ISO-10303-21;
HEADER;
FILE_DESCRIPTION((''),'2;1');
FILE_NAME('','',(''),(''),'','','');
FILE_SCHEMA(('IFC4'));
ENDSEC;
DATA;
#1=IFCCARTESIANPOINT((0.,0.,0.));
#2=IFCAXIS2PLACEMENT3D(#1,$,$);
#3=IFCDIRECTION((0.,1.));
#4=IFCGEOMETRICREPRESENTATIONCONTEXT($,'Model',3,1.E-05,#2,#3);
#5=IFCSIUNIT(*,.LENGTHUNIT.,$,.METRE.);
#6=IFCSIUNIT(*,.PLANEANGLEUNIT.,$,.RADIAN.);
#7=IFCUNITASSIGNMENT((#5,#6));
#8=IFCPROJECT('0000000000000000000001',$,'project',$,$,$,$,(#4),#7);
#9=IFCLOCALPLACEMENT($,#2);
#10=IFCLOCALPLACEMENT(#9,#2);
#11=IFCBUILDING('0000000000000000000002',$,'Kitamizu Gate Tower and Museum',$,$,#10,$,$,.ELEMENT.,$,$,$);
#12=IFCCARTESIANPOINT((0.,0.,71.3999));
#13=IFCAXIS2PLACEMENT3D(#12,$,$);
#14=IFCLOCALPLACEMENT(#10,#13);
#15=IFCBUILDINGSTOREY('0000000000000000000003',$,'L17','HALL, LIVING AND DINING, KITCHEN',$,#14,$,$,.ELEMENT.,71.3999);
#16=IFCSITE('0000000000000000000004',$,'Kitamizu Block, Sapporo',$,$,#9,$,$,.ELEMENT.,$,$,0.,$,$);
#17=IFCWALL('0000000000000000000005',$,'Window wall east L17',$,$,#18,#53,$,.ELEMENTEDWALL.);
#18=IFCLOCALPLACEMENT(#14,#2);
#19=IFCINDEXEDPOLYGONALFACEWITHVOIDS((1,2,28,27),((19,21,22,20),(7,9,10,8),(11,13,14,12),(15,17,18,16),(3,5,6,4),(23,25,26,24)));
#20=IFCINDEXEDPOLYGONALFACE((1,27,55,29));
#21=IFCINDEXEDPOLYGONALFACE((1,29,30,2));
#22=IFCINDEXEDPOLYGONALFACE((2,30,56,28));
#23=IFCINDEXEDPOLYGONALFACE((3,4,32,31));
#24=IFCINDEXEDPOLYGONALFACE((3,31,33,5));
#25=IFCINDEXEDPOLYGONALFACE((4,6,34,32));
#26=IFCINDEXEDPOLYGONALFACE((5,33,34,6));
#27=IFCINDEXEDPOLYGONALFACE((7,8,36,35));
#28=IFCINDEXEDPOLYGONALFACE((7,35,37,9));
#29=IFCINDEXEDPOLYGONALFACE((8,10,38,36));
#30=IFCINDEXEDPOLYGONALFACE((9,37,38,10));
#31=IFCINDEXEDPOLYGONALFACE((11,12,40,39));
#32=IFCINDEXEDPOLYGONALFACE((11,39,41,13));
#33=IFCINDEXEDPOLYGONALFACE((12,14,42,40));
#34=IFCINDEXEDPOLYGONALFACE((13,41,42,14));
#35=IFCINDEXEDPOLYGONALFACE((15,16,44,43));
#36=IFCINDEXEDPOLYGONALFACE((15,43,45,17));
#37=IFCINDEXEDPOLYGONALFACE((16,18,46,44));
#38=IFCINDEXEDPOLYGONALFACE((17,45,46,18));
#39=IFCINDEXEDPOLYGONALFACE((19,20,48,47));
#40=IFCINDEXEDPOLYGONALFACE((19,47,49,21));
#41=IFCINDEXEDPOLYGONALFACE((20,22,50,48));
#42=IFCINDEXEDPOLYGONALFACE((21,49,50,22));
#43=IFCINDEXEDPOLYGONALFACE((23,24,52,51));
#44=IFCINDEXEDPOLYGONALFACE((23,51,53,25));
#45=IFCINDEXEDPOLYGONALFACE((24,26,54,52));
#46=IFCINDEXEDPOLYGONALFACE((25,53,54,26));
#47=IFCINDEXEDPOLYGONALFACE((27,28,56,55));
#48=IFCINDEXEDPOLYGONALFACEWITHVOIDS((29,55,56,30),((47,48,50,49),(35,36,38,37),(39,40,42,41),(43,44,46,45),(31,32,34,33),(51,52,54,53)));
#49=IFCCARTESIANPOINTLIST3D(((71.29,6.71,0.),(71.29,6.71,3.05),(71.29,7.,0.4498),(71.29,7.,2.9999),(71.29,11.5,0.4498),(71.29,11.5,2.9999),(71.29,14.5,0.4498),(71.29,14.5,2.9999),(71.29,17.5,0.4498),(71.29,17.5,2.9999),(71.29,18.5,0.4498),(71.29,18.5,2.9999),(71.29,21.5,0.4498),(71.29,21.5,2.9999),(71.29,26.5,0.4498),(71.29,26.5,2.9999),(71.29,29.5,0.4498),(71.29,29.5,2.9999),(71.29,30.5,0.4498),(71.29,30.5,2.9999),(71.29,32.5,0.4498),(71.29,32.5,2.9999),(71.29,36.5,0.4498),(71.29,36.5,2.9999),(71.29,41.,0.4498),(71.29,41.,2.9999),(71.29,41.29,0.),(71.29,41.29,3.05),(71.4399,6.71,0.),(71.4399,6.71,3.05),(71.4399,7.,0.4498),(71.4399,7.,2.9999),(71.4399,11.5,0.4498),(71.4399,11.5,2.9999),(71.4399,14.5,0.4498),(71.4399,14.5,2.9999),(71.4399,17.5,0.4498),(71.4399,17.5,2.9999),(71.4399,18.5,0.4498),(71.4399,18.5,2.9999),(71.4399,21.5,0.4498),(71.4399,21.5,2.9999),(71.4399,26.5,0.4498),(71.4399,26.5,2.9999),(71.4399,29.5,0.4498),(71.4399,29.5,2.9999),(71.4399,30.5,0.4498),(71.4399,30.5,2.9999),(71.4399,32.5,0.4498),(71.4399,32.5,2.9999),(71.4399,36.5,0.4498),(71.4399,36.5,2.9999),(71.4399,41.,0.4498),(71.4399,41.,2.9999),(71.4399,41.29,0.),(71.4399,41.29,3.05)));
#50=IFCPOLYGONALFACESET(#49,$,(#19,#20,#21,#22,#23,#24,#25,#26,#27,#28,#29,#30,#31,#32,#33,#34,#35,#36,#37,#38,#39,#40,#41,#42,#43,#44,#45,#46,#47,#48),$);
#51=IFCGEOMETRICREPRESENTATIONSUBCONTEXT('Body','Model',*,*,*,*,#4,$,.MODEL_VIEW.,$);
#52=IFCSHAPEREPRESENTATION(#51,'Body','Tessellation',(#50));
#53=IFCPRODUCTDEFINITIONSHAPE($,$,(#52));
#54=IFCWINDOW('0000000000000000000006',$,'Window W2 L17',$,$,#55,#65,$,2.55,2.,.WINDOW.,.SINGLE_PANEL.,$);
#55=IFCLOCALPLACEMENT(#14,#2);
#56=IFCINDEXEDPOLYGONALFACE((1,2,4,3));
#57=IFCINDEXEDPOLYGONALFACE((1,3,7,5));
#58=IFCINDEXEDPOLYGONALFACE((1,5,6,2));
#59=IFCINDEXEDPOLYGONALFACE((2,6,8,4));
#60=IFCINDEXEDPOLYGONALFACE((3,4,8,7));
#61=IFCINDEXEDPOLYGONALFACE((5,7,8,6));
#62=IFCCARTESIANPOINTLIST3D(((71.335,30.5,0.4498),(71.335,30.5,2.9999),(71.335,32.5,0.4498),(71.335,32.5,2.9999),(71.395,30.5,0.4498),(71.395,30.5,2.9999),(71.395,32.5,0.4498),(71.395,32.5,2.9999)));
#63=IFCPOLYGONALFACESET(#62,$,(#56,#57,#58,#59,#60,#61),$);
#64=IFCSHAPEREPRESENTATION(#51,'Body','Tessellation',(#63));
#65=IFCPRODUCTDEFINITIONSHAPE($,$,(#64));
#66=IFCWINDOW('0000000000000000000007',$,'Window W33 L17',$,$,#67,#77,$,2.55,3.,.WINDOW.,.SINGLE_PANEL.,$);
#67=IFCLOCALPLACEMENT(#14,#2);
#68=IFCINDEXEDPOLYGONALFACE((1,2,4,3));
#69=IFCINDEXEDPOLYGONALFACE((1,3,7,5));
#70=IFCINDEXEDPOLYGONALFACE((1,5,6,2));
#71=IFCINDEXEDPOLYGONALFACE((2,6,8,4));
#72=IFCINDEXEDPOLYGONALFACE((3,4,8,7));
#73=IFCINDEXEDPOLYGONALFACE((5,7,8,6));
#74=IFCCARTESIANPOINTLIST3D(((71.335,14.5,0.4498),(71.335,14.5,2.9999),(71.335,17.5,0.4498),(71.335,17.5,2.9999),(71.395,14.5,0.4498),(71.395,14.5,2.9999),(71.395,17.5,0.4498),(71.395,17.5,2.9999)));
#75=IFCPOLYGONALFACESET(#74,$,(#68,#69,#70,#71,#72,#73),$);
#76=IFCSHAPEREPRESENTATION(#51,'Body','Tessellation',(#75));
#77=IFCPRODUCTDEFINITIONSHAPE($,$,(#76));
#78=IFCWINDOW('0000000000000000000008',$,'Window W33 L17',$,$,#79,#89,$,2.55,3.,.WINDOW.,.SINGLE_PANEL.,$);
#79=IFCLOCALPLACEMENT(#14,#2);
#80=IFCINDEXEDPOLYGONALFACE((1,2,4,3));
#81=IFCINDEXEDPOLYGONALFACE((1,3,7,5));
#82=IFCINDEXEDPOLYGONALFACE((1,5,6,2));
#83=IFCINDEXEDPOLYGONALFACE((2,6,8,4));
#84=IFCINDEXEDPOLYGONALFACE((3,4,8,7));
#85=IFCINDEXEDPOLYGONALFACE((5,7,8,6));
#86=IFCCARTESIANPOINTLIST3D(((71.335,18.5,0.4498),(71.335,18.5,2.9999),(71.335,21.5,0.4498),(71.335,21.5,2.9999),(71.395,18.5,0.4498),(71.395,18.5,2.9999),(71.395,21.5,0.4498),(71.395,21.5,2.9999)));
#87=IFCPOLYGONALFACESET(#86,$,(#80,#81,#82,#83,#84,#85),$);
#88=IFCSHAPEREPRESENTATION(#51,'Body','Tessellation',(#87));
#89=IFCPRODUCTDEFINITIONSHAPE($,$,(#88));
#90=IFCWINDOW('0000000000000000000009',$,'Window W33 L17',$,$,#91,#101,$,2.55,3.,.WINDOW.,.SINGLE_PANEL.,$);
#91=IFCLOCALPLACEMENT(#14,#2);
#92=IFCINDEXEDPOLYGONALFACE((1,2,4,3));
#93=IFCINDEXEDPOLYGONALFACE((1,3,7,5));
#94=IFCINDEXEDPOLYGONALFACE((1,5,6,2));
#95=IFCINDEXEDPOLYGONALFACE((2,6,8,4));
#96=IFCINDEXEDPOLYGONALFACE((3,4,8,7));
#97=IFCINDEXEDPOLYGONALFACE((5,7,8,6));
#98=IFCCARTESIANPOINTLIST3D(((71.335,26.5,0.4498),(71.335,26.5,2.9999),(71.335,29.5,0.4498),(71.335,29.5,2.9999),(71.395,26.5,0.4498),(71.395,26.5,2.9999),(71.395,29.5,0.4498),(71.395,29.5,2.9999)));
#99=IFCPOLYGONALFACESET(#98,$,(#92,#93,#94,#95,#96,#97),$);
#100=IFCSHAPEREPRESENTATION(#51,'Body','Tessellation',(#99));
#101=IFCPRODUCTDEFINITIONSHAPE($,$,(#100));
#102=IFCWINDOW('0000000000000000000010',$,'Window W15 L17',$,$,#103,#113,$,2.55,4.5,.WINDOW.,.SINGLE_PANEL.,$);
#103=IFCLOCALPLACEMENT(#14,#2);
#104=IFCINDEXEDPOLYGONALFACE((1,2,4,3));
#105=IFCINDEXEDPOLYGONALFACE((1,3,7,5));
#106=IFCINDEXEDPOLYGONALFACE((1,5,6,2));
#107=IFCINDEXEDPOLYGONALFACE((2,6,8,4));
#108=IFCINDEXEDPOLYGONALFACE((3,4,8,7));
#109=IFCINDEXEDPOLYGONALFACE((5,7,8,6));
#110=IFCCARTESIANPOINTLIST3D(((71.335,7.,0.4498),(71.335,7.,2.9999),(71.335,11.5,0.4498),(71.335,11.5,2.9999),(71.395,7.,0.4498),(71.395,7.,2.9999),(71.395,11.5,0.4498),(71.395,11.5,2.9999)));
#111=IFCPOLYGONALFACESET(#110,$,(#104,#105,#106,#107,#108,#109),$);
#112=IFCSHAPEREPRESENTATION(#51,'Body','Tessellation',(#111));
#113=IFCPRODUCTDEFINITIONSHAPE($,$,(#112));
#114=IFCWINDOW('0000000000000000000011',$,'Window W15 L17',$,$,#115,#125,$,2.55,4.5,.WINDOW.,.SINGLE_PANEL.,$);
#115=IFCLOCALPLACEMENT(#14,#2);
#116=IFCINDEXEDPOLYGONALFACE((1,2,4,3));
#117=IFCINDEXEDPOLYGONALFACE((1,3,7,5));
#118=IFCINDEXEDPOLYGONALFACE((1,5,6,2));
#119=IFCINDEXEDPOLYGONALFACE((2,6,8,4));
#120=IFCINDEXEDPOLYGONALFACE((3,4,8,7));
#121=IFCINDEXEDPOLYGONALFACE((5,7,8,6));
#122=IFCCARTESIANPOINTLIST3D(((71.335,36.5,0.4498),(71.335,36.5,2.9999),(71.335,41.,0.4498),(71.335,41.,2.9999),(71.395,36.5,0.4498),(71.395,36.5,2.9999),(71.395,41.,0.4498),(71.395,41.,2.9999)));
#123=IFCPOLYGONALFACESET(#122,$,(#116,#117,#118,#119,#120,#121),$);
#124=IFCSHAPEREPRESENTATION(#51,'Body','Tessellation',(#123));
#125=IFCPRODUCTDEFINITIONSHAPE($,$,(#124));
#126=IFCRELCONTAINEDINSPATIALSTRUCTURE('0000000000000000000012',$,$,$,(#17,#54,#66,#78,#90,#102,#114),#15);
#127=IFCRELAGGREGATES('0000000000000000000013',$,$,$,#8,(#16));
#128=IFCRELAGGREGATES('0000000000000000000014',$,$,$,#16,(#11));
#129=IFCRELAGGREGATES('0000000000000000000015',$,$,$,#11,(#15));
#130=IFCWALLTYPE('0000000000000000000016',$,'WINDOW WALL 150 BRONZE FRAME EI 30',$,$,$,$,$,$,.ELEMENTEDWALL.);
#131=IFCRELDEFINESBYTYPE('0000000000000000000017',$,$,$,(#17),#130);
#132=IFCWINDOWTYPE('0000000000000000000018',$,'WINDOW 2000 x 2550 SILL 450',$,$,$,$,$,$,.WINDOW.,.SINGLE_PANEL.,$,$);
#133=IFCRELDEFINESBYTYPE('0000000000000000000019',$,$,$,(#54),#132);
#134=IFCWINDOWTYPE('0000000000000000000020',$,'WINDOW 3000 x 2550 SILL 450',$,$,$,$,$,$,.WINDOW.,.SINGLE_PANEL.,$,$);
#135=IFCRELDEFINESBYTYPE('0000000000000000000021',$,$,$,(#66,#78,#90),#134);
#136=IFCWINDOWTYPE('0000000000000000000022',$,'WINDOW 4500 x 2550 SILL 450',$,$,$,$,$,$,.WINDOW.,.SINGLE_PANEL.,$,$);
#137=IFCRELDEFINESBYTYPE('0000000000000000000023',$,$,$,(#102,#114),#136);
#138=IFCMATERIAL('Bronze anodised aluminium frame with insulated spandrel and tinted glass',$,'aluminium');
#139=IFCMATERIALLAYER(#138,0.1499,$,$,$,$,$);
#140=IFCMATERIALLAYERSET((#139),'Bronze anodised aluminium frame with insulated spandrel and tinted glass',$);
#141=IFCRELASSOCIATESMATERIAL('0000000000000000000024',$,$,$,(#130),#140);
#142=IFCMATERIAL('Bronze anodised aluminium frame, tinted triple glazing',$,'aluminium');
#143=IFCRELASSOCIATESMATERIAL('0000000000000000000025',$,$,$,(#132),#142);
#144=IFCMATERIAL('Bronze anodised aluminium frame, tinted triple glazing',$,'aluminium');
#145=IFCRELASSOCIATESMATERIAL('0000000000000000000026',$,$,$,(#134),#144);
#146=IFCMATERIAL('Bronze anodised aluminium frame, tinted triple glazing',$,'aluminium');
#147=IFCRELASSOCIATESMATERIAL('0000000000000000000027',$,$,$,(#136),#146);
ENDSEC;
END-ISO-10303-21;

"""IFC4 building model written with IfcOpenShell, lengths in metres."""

from ifc_helpers import new_model, si_unit, direction, frame, frame_2d, origin, place, context, subcontext, project, spatial, rectangle, extrude, material, layer, layer_set, type_object, element, fill, save


model = new_model("IFC4")

# Units and contexts
model_context = context("Model", 3, precision=1e-05, world=origin(), true_north=direction((0.0, 1.0)))
body_context = subcontext(model_context, "Body", "Model", "MODEL_VIEW")
ifc_project = project(units=[si_unit("LENGTHUNIT", "METRE"), si_unit("PLANEANGLEUNIT", "RADIAN")], contexts=[model_context])

# Site, building, storey
site_placement = place(None, origin())
site = spatial("IfcSite", under=ifc_project, at=site_placement, Name="Kitamizu Block, Sapporo", CompositionType="ELEMENT", RefElevation=0.0)
building_placement = place(site_placement, origin())
building = spatial("IfcBuilding", under=site, at=building_placement, Name="Kitamizu Gate Tower and Museum", CompositionType="ELEMENT")
storey_placement = place(building_placement, frame((0.0, 0.0, 71.3999)))
storey = spatial("IfcBuildingStorey", under=building, at=storey_placement, Name="L17", Description="HALL, LIVING AND DINING, KITCHEN", CompositionType="ELEMENT", Elevation=71.3999)

# Shared definitions
ifc_material_1 = material(Name="Bronze anodised aluminium frame with insulated spandrel and tinted glass", Category="aluminium")
ifc_layer_1 = layer(ifc_material_1, 0.1499)
ifc_layer_set_1 = layer_set([ifc_layer_1], Name="Bronze anodised aluminium frame with insulated spandrel and tinted glass")
wall_type_1 = type_object("IfcWallType", Name="WINDOW WALL 150 BRONZE FRAME EI 30", PredefinedType="ELEMENTEDWALL", material=ifc_layer_set_1)

# Wall, openings, windows
wall_1_placement = place(storey_placement, frame((71.365, 6.71, 0.0), z_axis=(0.0, 0.0, 1.0), x_axis=(0.0, 1.0, 0.0)))
wall_1 = element("IfcWall", 1, at=wall_1_placement, inside=storey, type_object=wall_type_1, Name="Window wall east L17", PredefinedType="ELEMENTEDWALL", context=body_context, shape_type="SweptSolid", body=[
    extrude(rectangle(XDim=34.5801, YDim=0.1499, at=frame_2d((17.29, 0.0))), origin(), (0.0, 0.0, 1.0), 3.05),
])
opening_1_placement = place(wall_1_placement, frame((0.29, 0.0, 0.45)))
opening_1 = element("IfcOpeningElement", 2, at=opening_1_placement, cuts=wall_1, PredefinedType="OPENING", context=body_context, shape_type="SweptSolid", body=[
    extrude(rectangle(XDim=4.5, YDim=2.55, at=frame_2d((2.25, 1.2749))), frame((0.0, 0.085, 0.0), z_axis=(0.0, -1.0, 0.0), x_axis=(1.0, 0.0, 0.0)), (0.0, 0.0, 1.0), 0.1699),
])
opening_2_placement = place(wall_1_placement, frame((7.79, 0.0, 0.45)))
opening_2 = element("IfcOpeningElement", 3, at=opening_2_placement, cuts=wall_1, PredefinedType="OPENING", context=body_context, shape_type="SweptSolid", body=[
    extrude(rectangle(XDim=3.0, YDim=2.55, at=frame_2d((1.5, 1.2749))), frame((0.0, 0.085, 0.0), z_axis=(0.0, -1.0, 0.0), x_axis=(1.0, 0.0, 0.0)), (0.0, 0.0, 1.0), 0.1699),
])
opening_3_placement = place(wall_1_placement, frame((11.79, 0.0, 0.45)))
opening_3 = element("IfcOpeningElement", 4, at=opening_3_placement, cuts=wall_1, PredefinedType="OPENING", context=body_context, shape_type="SweptSolid", body=[
    extrude(rectangle(XDim=3.0, YDim=2.55, at=frame_2d((1.5, 1.2749))), frame((0.0, 0.085, 0.0), z_axis=(0.0, -1.0, 0.0), x_axis=(1.0, 0.0, 0.0)), (0.0, 0.0, 1.0), 0.1699),
])
opening_4_placement = place(wall_1_placement, frame((19.79, 0.0, 0.45)))
opening_4 = element("IfcOpeningElement", 5, at=opening_4_placement, cuts=wall_1, PredefinedType="OPENING", context=body_context, shape_type="SweptSolid", body=[
    extrude(rectangle(XDim=3.0, YDim=2.55, at=frame_2d((1.5, 1.2749))), frame((0.0, 0.085, 0.0), z_axis=(0.0, -1.0, 0.0), x_axis=(1.0, 0.0, 0.0)), (0.0, 0.0, 1.0), 0.1699),
])
opening_5_placement = place(wall_1_placement, frame((23.79, 0.0, 0.45)))
opening_5 = element("IfcOpeningElement", 6, at=opening_5_placement, cuts=wall_1, PredefinedType="OPENING", context=body_context, shape_type="SweptSolid", body=[
    extrude(rectangle(XDim=2.0, YDim=2.55, at=frame_2d((1.0, 1.2749))), frame((0.0, 0.085, 0.0), z_axis=(0.0, -1.0, 0.0), x_axis=(1.0, 0.0, 0.0)), (0.0, 0.0, 1.0), 0.1699),
])
opening_6_placement = place(wall_1_placement, frame((29.79, 0.0, 0.45)))
opening_6 = element("IfcOpeningElement", 7, at=opening_6_placement, cuts=wall_1, PredefinedType="OPENING", context=body_context, shape_type="SweptSolid", body=[
    extrude(rectangle(XDim=4.5, YDim=2.55, at=frame_2d((2.25, 1.2749))), frame((0.0, 0.085, 0.0), z_axis=(0.0, -1.0, 0.0), x_axis=(1.0, 0.0, 0.0)), (0.0, 0.0, 1.0), 0.1699),
])
ifc_material_2 = material(Name="Bronze anodised aluminium frame, tinted triple glazing", Category="aluminium")
window_type_1 = type_object("IfcWindowType", Name="WINDOW 2000 x 2550 SILL 450", PartitioningType="SINGLE_PANEL", PredefinedType="WINDOW", material=ifc_material_2)
window_1_placement = place(opening_5_placement, origin())
window_1 = element("IfcWindow", 8, at=window_1_placement, inside=storey, type_object=window_type_1, Name="Window W2 L17", OverallHeight=2.55, OverallWidth=2.0, PartitioningType="SINGLE_PANEL", PredefinedType="WINDOW", context=body_context, shape_type="SweptSolid", body=[
    extrude(rectangle(XDim=2.0, YDim=2.55, at=frame_2d((1.0, 1.2749))), frame((0.0, 0.03, 0.0), z_axis=(0.0, -1.0, 0.0), x_axis=(1.0, 0.0, 0.0)), (0.0, 0.0, 1.0), 0.0601),
])
fill(opening_5, window_1)
ifc_material_3 = material(Name="Bronze anodised aluminium frame, tinted triple glazing", Category="aluminium")
window_type_2 = type_object("IfcWindowType", Name="WINDOW 3000 x 2550 SILL 450", PartitioningType="SINGLE_PANEL", PredefinedType="WINDOW", material=ifc_material_3)
window_2_placement = place(opening_2_placement, origin())
window_2 = element("IfcWindow", 9, at=window_2_placement, inside=storey, type_object=window_type_2, Name="Window W33 L17", OverallHeight=2.55, OverallWidth=3.0, PartitioningType="SINGLE_PANEL", PredefinedType="WINDOW", context=body_context, shape_type="SweptSolid", body=[
    extrude(rectangle(XDim=3.0, YDim=2.55, at=frame_2d((1.5, 1.2749))), frame((0.0, 0.03, 0.0), z_axis=(0.0, -1.0, 0.0), x_axis=(1.0, 0.0, 0.0)), (0.0, 0.0, 1.0), 0.0601),
])
fill(opening_2, window_2)
window_3_placement = place(opening_3_placement, origin())
window_3 = element("IfcWindow", 10, at=window_3_placement, inside=storey, type_object=window_type_2, Name="Window W33 L17", OverallHeight=2.55, OverallWidth=3.0, PartitioningType="SINGLE_PANEL", PredefinedType="WINDOW", context=body_context, shape_type="SweptSolid", body=[
    extrude(rectangle(XDim=3.0, YDim=2.55, at=frame_2d((1.5, 1.2749))), frame((0.0, 0.03, 0.0), z_axis=(0.0, -1.0, 0.0), x_axis=(1.0, 0.0, 0.0)), (0.0, 0.0, 1.0), 0.0601),
])
fill(opening_3, window_3)
window_4_placement = place(opening_4_placement, origin())
window_4 = element("IfcWindow", 11, at=window_4_placement, inside=storey, type_object=window_type_2, Name="Window W33 L17", OverallHeight=2.55, OverallWidth=3.0, PartitioningType="SINGLE_PANEL", PredefinedType="WINDOW", context=body_context, shape_type="SweptSolid", body=[
    extrude(rectangle(XDim=3.0, YDim=2.55, at=frame_2d((1.5, 1.2749))), frame((0.0, 0.03, 0.0), z_axis=(0.0, -1.0, 0.0), x_axis=(1.0, 0.0, 0.0)), (0.0, 0.0, 1.0), 0.0601),
])
fill(opening_4, window_4)
ifc_material_4 = material(Name="Bronze anodised aluminium frame, tinted triple glazing", Category="aluminium")
window_type_3 = type_object("IfcWindowType", Name="WINDOW 4500 x 2550 SILL 450", PartitioningType="SINGLE_PANEL", PredefinedType="WINDOW", material=ifc_material_4)
window_5_placement = place(opening_1_placement, origin())
window_5 = element("IfcWindow", 12, at=window_5_placement, inside=storey, type_object=window_type_3, Name="Window W15 L17", OverallHeight=2.55, OverallWidth=4.5, PartitioningType="SINGLE_PANEL", PredefinedType="WINDOW", context=body_context, shape_type="SweptSolid", body=[
    extrude(rectangle(XDim=4.5, YDim=2.55, at=frame_2d((2.25, 1.2749))), frame((0.0, 0.03, 0.0), z_axis=(0.0, -1.0, 0.0), x_axis=(1.0, 0.0, 0.0)), (0.0, 0.0, 1.0), 0.0601),
])
fill(opening_1, window_5)
window_6_placement = place(opening_6_placement, origin())
window_6 = element("IfcWindow", 13, at=window_6_placement, inside=storey, type_object=window_type_3, Name="Window W15 L17", OverallHeight=2.55, OverallWidth=4.5, PartitioningType="SINGLE_PANEL", PredefinedType="WINDOW", context=body_context, shape_type="SweptSolid", body=[
    extrude(rectangle(XDim=4.5, YDim=2.55, at=frame_2d((2.25, 1.2749))), frame((0.0, 0.03, 0.0), z_axis=(0.0, -1.0, 0.0), x_axis=(1.0, 0.0, 0.0)), (0.0, 0.0, 1.0), 0.0601),
])
fill(opening_6, window_6)

save(model, "model.ifc")
